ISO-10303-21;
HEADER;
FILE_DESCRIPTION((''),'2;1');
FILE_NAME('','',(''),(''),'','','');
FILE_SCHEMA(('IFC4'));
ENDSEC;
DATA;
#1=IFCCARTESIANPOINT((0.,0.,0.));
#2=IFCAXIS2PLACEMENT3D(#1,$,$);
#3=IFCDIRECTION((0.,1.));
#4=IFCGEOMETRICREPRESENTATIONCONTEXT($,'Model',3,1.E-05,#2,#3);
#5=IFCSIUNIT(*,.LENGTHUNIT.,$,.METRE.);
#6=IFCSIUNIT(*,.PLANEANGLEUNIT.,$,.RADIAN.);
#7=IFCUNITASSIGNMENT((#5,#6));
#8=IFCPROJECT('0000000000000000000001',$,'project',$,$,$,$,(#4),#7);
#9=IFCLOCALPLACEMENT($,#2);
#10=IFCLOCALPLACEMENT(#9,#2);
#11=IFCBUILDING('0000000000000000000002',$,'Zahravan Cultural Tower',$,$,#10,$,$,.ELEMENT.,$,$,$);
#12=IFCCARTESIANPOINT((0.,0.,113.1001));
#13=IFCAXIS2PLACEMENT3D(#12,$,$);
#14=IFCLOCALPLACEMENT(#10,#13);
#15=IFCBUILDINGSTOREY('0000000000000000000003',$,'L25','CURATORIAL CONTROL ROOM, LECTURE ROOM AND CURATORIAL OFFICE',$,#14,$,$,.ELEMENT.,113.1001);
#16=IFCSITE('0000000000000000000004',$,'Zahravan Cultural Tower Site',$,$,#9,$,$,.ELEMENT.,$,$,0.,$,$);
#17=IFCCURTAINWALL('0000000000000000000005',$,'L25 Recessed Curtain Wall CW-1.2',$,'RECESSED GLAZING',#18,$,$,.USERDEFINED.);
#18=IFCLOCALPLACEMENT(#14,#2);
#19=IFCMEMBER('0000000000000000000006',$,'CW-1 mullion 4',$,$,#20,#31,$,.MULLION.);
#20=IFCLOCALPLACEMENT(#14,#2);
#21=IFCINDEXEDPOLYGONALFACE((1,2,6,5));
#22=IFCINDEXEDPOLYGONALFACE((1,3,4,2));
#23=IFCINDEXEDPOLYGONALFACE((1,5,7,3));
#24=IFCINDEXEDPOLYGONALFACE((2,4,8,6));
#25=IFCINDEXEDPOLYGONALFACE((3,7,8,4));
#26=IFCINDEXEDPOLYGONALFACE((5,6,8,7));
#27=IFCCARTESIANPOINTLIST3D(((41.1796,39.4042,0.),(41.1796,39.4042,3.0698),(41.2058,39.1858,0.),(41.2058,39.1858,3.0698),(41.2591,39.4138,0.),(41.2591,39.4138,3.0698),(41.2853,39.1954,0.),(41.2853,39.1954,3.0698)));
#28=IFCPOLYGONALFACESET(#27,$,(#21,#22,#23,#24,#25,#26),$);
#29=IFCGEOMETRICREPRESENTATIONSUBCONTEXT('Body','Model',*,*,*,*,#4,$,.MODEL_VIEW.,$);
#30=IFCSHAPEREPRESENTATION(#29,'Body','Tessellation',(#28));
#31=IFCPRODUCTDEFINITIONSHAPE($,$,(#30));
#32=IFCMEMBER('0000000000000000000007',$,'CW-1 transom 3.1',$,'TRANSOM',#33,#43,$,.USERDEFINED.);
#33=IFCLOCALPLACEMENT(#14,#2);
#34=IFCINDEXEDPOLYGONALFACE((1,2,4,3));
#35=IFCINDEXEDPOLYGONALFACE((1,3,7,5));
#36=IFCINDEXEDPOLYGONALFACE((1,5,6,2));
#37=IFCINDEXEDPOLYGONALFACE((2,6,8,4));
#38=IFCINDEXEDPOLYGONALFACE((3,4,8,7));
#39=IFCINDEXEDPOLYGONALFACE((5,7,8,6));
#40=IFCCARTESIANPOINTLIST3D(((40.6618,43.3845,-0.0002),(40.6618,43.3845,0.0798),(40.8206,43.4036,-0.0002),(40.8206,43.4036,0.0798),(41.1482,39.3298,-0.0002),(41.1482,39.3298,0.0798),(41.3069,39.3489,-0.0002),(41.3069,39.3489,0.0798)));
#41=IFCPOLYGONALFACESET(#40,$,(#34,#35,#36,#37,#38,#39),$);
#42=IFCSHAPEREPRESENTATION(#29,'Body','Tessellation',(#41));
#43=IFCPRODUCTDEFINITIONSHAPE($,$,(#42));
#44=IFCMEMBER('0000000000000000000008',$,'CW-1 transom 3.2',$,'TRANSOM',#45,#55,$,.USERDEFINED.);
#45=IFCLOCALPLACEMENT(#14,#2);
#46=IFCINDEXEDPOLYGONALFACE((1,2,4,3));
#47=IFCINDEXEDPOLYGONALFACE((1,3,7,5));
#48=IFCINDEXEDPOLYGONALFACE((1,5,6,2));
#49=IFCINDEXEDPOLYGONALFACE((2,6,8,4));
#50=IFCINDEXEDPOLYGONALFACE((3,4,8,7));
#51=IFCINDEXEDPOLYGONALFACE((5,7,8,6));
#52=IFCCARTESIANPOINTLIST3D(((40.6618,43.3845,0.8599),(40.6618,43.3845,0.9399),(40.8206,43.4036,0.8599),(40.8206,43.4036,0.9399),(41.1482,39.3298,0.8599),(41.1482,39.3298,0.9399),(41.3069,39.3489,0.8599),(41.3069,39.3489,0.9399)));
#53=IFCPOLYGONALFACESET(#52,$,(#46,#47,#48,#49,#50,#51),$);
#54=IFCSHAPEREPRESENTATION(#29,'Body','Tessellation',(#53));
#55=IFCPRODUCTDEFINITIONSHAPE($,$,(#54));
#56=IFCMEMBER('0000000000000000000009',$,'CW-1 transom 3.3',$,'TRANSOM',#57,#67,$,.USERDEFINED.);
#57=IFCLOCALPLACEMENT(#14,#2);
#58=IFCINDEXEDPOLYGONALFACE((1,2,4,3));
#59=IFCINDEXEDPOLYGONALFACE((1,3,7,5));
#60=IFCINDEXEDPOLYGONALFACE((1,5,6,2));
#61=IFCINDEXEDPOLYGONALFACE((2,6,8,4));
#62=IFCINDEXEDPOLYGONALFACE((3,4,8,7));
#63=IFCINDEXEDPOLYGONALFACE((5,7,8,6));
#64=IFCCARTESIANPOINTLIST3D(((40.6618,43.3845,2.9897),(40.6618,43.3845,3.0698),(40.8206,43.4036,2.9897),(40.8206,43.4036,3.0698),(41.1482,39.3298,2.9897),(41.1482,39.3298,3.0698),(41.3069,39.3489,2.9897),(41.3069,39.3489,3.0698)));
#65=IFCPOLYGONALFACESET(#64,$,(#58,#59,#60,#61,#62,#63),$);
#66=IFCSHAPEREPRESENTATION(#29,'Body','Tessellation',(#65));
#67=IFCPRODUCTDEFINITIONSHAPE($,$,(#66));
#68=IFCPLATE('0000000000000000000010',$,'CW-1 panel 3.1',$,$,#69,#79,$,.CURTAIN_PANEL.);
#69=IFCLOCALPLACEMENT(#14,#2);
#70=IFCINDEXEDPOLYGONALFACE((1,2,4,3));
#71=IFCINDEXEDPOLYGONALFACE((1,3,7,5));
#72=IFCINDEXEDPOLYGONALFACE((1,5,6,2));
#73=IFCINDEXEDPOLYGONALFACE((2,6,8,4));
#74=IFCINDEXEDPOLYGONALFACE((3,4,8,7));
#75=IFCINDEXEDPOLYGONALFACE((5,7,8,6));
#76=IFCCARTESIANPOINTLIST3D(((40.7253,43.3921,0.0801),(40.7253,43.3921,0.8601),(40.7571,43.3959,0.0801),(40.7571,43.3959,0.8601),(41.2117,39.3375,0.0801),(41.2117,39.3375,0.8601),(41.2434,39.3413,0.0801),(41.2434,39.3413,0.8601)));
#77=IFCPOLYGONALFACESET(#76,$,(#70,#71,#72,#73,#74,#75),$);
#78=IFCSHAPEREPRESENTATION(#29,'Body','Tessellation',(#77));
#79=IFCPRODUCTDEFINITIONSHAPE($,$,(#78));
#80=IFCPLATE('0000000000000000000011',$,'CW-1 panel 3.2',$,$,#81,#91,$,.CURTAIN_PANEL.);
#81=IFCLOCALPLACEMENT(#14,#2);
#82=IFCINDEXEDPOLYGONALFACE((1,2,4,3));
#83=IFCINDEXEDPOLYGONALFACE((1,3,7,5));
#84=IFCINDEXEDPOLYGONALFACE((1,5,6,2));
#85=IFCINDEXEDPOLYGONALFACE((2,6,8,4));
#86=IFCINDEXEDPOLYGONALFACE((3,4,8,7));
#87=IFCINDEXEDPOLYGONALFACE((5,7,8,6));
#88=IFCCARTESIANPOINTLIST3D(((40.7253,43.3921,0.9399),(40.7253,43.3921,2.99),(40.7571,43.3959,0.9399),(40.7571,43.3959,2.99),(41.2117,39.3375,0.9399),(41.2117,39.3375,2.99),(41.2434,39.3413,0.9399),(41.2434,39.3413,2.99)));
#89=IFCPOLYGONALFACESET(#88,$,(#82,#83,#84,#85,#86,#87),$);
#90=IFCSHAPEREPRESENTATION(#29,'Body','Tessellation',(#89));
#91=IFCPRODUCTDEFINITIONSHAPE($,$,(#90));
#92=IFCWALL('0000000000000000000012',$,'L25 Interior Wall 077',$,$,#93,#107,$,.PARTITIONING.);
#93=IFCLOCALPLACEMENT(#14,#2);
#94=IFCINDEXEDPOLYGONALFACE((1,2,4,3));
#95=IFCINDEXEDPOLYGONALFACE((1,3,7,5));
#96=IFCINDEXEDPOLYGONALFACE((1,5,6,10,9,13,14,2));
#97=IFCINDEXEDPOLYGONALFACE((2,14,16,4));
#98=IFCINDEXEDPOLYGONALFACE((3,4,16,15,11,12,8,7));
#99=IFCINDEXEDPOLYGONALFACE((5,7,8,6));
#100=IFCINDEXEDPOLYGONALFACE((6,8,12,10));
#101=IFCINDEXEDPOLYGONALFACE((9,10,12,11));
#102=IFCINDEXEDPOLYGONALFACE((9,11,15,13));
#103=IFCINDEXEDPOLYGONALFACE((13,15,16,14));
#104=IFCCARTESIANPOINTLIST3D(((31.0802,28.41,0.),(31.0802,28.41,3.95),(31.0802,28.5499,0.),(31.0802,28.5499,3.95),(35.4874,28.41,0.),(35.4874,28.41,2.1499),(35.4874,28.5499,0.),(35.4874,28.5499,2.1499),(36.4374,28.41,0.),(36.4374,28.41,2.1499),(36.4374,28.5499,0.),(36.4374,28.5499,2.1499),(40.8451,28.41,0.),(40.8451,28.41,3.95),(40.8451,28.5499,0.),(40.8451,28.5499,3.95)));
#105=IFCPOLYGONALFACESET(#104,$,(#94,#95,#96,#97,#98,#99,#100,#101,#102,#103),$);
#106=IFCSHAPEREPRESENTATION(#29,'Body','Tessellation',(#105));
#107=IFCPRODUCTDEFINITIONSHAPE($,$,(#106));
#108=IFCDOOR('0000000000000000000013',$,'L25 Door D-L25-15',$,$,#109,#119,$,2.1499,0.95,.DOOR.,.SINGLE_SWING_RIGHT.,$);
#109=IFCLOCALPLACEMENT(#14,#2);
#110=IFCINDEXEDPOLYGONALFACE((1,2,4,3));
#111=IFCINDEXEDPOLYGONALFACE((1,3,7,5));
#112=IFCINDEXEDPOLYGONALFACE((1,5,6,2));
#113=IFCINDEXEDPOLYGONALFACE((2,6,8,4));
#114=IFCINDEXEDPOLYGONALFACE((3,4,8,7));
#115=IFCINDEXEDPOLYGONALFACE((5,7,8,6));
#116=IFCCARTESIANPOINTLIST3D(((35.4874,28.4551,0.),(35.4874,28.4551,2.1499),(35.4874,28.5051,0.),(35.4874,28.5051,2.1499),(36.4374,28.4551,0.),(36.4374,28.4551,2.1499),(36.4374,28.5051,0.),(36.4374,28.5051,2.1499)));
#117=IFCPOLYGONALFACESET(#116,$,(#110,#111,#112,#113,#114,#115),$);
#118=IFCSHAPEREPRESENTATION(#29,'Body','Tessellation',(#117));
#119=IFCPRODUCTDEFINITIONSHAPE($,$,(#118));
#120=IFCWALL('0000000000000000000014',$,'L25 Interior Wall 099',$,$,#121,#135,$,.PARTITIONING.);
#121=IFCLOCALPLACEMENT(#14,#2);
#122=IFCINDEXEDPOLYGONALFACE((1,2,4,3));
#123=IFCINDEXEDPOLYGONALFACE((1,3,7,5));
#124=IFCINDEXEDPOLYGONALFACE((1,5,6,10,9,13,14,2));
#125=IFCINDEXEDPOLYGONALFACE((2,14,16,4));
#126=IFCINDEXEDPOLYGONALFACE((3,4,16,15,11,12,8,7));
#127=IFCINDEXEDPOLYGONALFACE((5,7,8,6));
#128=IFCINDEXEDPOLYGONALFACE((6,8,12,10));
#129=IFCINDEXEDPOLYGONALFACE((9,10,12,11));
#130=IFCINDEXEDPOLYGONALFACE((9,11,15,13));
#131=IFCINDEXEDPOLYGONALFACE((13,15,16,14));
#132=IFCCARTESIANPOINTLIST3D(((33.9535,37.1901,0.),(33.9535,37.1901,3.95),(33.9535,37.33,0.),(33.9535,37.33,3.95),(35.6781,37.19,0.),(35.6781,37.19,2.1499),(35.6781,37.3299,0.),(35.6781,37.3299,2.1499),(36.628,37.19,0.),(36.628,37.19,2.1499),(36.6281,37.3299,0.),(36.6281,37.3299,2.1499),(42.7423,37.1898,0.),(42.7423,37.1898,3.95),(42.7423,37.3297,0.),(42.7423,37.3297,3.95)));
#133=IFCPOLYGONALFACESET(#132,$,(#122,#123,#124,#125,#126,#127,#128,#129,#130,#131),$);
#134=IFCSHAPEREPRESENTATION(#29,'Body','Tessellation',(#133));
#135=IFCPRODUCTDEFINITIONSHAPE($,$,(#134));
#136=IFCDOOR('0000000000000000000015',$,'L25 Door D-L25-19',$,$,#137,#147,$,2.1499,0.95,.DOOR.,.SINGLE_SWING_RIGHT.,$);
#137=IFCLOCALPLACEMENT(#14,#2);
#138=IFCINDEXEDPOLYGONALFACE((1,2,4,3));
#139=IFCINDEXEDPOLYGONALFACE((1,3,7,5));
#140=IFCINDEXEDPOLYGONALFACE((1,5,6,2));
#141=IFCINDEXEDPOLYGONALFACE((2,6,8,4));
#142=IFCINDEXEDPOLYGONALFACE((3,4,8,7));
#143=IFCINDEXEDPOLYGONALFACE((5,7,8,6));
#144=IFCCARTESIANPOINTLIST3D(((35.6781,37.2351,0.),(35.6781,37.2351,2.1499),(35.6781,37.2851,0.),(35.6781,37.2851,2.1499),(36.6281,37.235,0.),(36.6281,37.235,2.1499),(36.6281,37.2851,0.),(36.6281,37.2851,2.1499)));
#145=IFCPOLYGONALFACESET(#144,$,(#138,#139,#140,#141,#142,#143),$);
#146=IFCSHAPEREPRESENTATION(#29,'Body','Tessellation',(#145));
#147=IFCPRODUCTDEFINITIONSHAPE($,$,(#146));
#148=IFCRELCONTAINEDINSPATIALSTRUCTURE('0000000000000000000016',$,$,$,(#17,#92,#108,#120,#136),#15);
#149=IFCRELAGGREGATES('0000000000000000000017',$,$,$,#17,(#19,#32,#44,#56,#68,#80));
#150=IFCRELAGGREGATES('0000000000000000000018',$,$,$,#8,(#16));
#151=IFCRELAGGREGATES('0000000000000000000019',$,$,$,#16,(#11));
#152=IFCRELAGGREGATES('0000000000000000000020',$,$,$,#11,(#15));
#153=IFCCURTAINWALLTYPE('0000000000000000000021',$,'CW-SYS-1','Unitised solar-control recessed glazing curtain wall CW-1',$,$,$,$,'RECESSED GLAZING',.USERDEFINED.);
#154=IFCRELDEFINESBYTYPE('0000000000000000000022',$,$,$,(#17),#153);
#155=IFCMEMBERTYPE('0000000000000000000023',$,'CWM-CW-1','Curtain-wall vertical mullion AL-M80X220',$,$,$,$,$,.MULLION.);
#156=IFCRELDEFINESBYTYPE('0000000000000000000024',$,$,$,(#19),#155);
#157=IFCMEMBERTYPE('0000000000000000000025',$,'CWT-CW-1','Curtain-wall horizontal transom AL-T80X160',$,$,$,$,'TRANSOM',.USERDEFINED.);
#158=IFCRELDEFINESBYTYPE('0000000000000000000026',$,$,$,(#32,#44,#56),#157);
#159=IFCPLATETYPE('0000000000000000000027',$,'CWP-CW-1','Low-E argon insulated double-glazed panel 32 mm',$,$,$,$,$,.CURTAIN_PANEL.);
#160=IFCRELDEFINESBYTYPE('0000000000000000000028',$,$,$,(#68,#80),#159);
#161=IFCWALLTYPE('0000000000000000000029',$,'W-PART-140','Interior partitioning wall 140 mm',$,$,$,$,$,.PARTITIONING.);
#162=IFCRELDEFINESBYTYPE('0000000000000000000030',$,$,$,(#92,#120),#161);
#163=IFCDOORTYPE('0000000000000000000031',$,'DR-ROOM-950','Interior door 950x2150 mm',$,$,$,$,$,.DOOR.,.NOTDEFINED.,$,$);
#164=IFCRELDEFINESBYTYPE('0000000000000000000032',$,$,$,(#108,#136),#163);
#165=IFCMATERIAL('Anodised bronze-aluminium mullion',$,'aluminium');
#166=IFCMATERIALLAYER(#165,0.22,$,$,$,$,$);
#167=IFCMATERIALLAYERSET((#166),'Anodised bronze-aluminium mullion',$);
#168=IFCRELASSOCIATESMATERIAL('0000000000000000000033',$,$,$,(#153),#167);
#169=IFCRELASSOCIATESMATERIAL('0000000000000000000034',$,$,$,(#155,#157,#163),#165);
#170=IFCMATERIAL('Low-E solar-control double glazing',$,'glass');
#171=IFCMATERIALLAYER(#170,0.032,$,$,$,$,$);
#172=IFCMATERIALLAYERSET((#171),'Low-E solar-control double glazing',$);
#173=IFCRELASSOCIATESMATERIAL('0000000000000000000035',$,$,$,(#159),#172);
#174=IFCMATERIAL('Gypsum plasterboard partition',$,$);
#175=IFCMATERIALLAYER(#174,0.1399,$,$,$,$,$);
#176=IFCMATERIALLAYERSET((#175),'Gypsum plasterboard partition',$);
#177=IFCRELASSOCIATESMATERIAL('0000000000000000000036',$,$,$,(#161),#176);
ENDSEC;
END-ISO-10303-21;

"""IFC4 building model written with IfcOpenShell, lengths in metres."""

from ifc_helpers import new_model, si_unit, direction, frame, frame_2d, origin, origin_2d, place, context, subcontext, project, spatial, rectangle, extrude, source, transform, mapped, material, layer, layer_set, material_profile, profile_set, type_object, element, fill, aggregate, save


model = new_model("IFC4")

# Units and contexts
model_context = context("Model", 3, precision=1e-05, world=origin(), true_north=direction((0.0, 1.0)))
body_context = subcontext(model_context, "Body", "Model", "MODEL_VIEW")
ifc_project = project(units=[si_unit("LENGTHUNIT", "METRE"), si_unit("PLANEANGLEUNIT", "RADIAN")], contexts=[model_context])

# Site, building, storey
site_placement = place(None, origin())
site = spatial("IfcSite", under=ifc_project, at=site_placement, Name="Zahravan Cultural Tower Site", CompositionType="ELEMENT", RefElevation=0.0)
building_placement = place(site_placement, origin())
building = spatial("IfcBuilding", under=site, at=building_placement, Name="Zahravan Cultural Tower", CompositionType="ELEMENT")
storey_placement = place(building_placement, frame((0.0, 0.0, 113.1001)))
storey = spatial("IfcBuildingStorey", under=building, at=storey_placement, Name="L25", Description="CURATORIAL CONTROL ROOM, LECTURE ROOM AND CURATORIAL OFFICE", CompositionType="ELEMENT", Elevation=113.1001)

# Curtain wall, members, plates
ifc_material_1 = material(Name="Anodised bronze-aluminium mullion", Category="aluminium")
ifc_layer_1 = layer(ifc_material_1, 0.22)
ifc_layer_set_1 = layer_set([ifc_layer_1], Name="Anodised bronze-aluminium mullion")
curtain_wall_type = type_object("IfcCurtainWallType", Name="CW-SYS-1", Description="Unitised solar-control recessed glazing curtain wall CW-1", ElementType="RECESSED GLAZING", PredefinedType="USERDEFINED", material=ifc_layer_set_1)
curtain_wall_placement = place(storey_placement, origin())
curtain_wall = element("IfcCurtainWall", 1, at=curtain_wall_placement, inside=storey, type_object=curtain_wall_type, Name="L25 Recessed Curtain Wall CW-1.2", ObjectType="RECESSED GLAZING", PredefinedType="USERDEFINED")
ifc_material_profile_1 = material_profile(ifc_material_1, rectangle(XDim=0.0801, YDim=0.22, at=origin_2d()), Name="AL-M80X220")
ifc_profile_set_1 = profile_set([ifc_material_profile_1], Name="Anodised bronze-aluminium mullion")
member_type_1 = type_object("IfcMemberType", Name="CWM-CW-1", Description="Curtain-wall vertical mullion AL-M80X220", PredefinedType="MULLION", material=ifc_profile_set_1)
shared_shape_1 = source(origin(), body_context, "Body", "SweptSolid", [
    extrude(rectangle(XDim=0.0801, YDim=0.22, at=origin_2d()), origin(), (0.0, 0.0, 1.0), 3.0698),
])
member_1_placement = place(storey_placement, frame((41.2324, 39.2998, 0.0), z_axis=(0.0, 0.0, 1.0), x_axis=(0.992883, 0.119095, 0.0)))
member_1 = element("IfcMember", 2, at=member_1_placement, type_object=member_type_1, Name="CW-1 mullion 4", PredefinedType="MULLION", context=body_context, shape_type="MappedRepresentation", body=[
    mapped(shared_shape_1, transform((0.0, 0.0, 0.0), x_axis=(1.0, 0.0, 0.0), y_axis=(0.0, 1.0, 0.0), z_axis=(0.0, 0.0, 1.0), scale=1.0)),
])
ifc_material_profile_2 = material_profile(ifc_material_1, rectangle(XDim=0.1599, YDim=0.0801, at=origin_2d()), Name="AL-T80X160")
ifc_profile_set_2 = profile_set([ifc_material_profile_2], Name="Anodised bronze-aluminium mullion")
member_type_2 = type_object("IfcMemberType", Name="CWT-CW-1", Description="Curtain-wall horizontal transom AL-T80X160", ElementType="TRANSOM", PredefinedType="USERDEFINED", material=ifc_profile_set_2)
shared_shape_2 = source(origin(), body_context, "Body", "SweptSolid", [
    extrude(rectangle(XDim=0.1599, YDim=0.0801, at=origin_2d()), origin(), (0.0, 0.0, 1.0), 4.0837),
])
member_2_placement = place(storey_placement, frame((40.7412, 43.394, 0.0398), z_axis=(0.119089, -0.992884, 0.0), x_axis=(0.992884, 0.119089, 0.0)))
member_2 = element("IfcMember", 3, at=member_2_placement, type_object=member_type_2, Name="CW-1 transom 3.1", ObjectType="TRANSOM", PredefinedType="USERDEFINED", context=body_context, shape_type="MappedRepresentation", body=[
    mapped(shared_shape_2, transform((0.0, 0.0, 0.0), x_axis=(1.0, 0.0, 0.0), y_axis=(0.0, 1.0, 0.0), z_axis=(0.0, 0.0, 1.0), scale=1.0)),
])
member_3_placement = place(storey_placement, frame((40.7412, 43.394, 0.8999), z_axis=(0.119089, -0.992884, 0.0), x_axis=(0.992884, 0.119089, 0.0)))
member_3 = element("IfcMember", 4, at=member_3_placement, type_object=member_type_2, Name="CW-1 transom 3.2", ObjectType="TRANSOM", PredefinedType="USERDEFINED", context=body_context, shape_type="MappedRepresentation", body=[
    mapped(shared_shape_2, transform((0.0, 0.0, 0.0), x_axis=(1.0, 0.0, 0.0), y_axis=(0.0, 1.0, 0.0), z_axis=(0.0, 0.0, 1.0), scale=1.0)),
])
member_4_placement = place(storey_placement, frame((40.7412, 43.394, 3.0298), z_axis=(0.119089, -0.992884, 0.0), x_axis=(0.992884, 0.119089, 0.0)))
member_4 = element("IfcMember", 5, at=member_4_placement, type_object=member_type_2, Name="CW-1 transom 3.3", ObjectType="TRANSOM", PredefinedType="USERDEFINED", context=body_context, shape_type="MappedRepresentation", body=[
    mapped(shared_shape_2, transform((0.0, 0.0, 0.0), x_axis=(1.0, 0.0, 0.0), y_axis=(0.0, 1.0, 0.0), z_axis=(0.0, 0.0, 1.0), scale=1.0)),
])
ifc_material_2 = material(Name="Low-E solar-control double glazing", Category="glass")
ifc_layer_2 = layer(ifc_material_2, 0.032)
ifc_layer_set_2 = layer_set([ifc_layer_2], Name="Low-E solar-control double glazing")
plate_type = type_object("IfcPlateType", Name="CWP-CW-1", Description="Low-E argon insulated double-glazed panel 32 mm", PredefinedType="CURTAIN_PANEL", material=ifc_layer_set_2)
shared_shape_3 = source(origin(), body_context, "Body", "SweptSolid", [
    extrude(rectangle(XDim=4.0837, YDim=0.032, at=origin_2d()), origin(), (0.0, 0.0, 1.0), 0.78),
])
plate_1_placement = place(storey_placement, frame((40.9844, 41.3667, 0.0801), z_axis=(0.0, 0.0, 1.0), x_axis=(0.119095, -0.992883, 0.0)))
plate_1 = element("IfcPlate", 6, at=plate_1_placement, type_object=plate_type, Name="CW-1 panel 3.1", PredefinedType="CURTAIN_PANEL", context=body_context, shape_type="MappedRepresentation", body=[
    mapped(shared_shape_3, transform((0.0, 0.0, 0.0), x_axis=(1.0, 0.0, 0.0), y_axis=(0.0, 1.0, 0.0), z_axis=(0.0, 0.0, 1.0), scale=1.0)),
])
shared_shape_4 = source(origin(), body_context, "Body", "SweptSolid", [
    extrude(rectangle(XDim=4.0837, YDim=0.032, at=origin_2d()), origin(), (0.0, 0.0, 1.0), 2.05),
])
plate_2_placement = place(storey_placement, frame((40.9844, 41.3667, 0.9399), z_axis=(0.0, 0.0, 1.0), x_axis=(0.119095, -0.992883, 0.0)))
plate_2 = element("IfcPlate", 7, at=plate_2_placement, type_object=plate_type, Name="CW-1 panel 3.2", PredefinedType="CURTAIN_PANEL", context=body_context, shape_type="MappedRepresentation", body=[
    mapped(shared_shape_4, transform((0.0, 0.0, 0.0), x_axis=(1.0, 0.0, 0.0), y_axis=(0.0, 1.0, 0.0), z_axis=(0.0, 0.0, 1.0), scale=1.0)),
])
aggregate(curtain_wall, [member_1, member_2, member_3, member_4, plate_1, plate_2])

# Walls, openings, doors
ifc_material_3 = material(Name="Gypsum plasterboard partition")
ifc_layer_3 = layer(ifc_material_3, 0.1399)
ifc_layer_set_3 = layer_set([ifc_layer_3], Name="Gypsum plasterboard partition")
wall_type_1 = type_object("IfcWallType", Name="W-PART-140", Description="Interior partitioning wall 140 mm", PredefinedType="PARTITIONING", material=ifc_layer_set_3)
wall_1_placement = place(storey_placement, frame((40.845, 28.48, 0.0), z_axis=(0.0, 0.0, 1.0), x_axis=(-1.0, 0.0, 0.0)))
wall_1 = element("IfcWall", 8, at=wall_1_placement, inside=storey, type_object=wall_type_1, Name="L25 Interior Wall 077", PredefinedType="PARTITIONING", context=body_context, shape_type="SweptSolid", body=[
    extrude(rectangle(XDim=9.7649, YDim=0.1399, at=frame_2d((4.8823, 0.0))), origin(), (0.0, 0.0, 1.0), 3.95),
])
opening_1_placement = place(wall_1_placement, frame((4.4075, 0.0, 0.0)))
opening_1 = element("IfcOpeningElement", 9, at=opening_1_placement, cuts=wall_1, PredefinedType="OPENING", context=body_context, shape_type="SweptSolid", body=[
    extrude(rectangle(XDim=0.95, YDim=2.1499, at=frame_2d((0.4751, 1.075))), frame((0.0, 0.0798, 0.0), z_axis=(0.0, -1.0, 0.0), x_axis=(1.0, 0.0, 0.0)), (0.0, 0.0, 1.0), 0.1599),
])
door_type_1 = type_object("IfcDoorType", Name="DR-ROOM-950", Description="Interior door 950x2150 mm", OperationType="NOTDEFINED", PredefinedType="DOOR", material=ifc_material_1)
shared_shape_5 = source(origin(), body_context, "Body", "SweptSolid", [
    extrude(rectangle(XDim=0.95, YDim=2.1499, at=frame_2d((0.4751, 1.075))), frame((0.0, 0.0249, 0.0), z_axis=(0.0, -1.0, 0.0), x_axis=(1.0, 0.0, 0.0)), (0.0, 0.0, 1.0), 0.05),
])
door_1_placement = place(opening_1_placement, origin())
door_1 = element("IfcDoor", 10, at=door_1_placement, inside=storey, type_object=door_type_1, Name="L25 Door D-L25-15", OperationType="SINGLE_SWING_RIGHT", OverallHeight=2.1499, OverallWidth=0.95, PredefinedType="DOOR", context=body_context, shape_type="MappedRepresentation", body=[
    mapped(shared_shape_5, transform((0.0, 0.0, 0.0), x_axis=(1.0, 0.0, 0.0), y_axis=(0.0, 1.0, 0.0), z_axis=(0.0, 0.0, 1.0), scale=1.0)),
])
fill(opening_1, door_1)
wall_2_placement = place(storey_placement, frame((42.7424, 37.2598, 0.0), z_axis=(0.0, 0.0, 1.0), x_axis=(-1.0, 0.000028, 0.0)))
wall_2 = element("IfcWall", 11, at=wall_2_placement, inside=storey, type_object=wall_type_1, Name="L25 Interior Wall 099", PredefinedType="PARTITIONING", context=body_context, shape_type="SweptSolid", body=[
    extrude(rectangle(XDim=8.7888, YDim=0.1399, at=frame_2d((4.3945, 0.0))), origin(), (0.0, 0.0, 1.0), 3.95),
])
opening_2_placement = place(wall_2_placement, frame((6.1143, 0.0, 0.0)))
opening_2 = element("IfcOpeningElement", 12, at=opening_2_placement, cuts=wall_2, PredefinedType="OPENING", context=body_context, shape_type="SweptSolid", body=[
    extrude(rectangle(XDim=0.95, YDim=2.1499, at=frame_2d((0.4751, 1.075))), frame((0.0, 0.0798, 0.0), z_axis=(0.0, -1.0, 0.0), x_axis=(1.0, 0.0, 0.0)), (0.0, 0.0, 1.0), 0.1599),
])
door_2_placement = place(opening_2_placement, origin())
door_2 = element("IfcDoor", 13, at=door_2_placement, inside=storey, type_object=door_type_1, Name="L25 Door D-L25-19", OperationType="SINGLE_SWING_RIGHT", OverallHeight=2.1499, OverallWidth=0.95, PredefinedType="DOOR", context=body_context, shape_type="MappedRepresentation", body=[
    mapped(shared_shape_5, transform((0.0, 0.0, 0.0), x_axis=(1.0, 0.0, 0.0), y_axis=(0.0, 1.0, 0.0), z_axis=(0.0, 0.0, 1.0), scale=1.0)),
])
fill(opening_2, door_2)

save(model, "model.ifc")
